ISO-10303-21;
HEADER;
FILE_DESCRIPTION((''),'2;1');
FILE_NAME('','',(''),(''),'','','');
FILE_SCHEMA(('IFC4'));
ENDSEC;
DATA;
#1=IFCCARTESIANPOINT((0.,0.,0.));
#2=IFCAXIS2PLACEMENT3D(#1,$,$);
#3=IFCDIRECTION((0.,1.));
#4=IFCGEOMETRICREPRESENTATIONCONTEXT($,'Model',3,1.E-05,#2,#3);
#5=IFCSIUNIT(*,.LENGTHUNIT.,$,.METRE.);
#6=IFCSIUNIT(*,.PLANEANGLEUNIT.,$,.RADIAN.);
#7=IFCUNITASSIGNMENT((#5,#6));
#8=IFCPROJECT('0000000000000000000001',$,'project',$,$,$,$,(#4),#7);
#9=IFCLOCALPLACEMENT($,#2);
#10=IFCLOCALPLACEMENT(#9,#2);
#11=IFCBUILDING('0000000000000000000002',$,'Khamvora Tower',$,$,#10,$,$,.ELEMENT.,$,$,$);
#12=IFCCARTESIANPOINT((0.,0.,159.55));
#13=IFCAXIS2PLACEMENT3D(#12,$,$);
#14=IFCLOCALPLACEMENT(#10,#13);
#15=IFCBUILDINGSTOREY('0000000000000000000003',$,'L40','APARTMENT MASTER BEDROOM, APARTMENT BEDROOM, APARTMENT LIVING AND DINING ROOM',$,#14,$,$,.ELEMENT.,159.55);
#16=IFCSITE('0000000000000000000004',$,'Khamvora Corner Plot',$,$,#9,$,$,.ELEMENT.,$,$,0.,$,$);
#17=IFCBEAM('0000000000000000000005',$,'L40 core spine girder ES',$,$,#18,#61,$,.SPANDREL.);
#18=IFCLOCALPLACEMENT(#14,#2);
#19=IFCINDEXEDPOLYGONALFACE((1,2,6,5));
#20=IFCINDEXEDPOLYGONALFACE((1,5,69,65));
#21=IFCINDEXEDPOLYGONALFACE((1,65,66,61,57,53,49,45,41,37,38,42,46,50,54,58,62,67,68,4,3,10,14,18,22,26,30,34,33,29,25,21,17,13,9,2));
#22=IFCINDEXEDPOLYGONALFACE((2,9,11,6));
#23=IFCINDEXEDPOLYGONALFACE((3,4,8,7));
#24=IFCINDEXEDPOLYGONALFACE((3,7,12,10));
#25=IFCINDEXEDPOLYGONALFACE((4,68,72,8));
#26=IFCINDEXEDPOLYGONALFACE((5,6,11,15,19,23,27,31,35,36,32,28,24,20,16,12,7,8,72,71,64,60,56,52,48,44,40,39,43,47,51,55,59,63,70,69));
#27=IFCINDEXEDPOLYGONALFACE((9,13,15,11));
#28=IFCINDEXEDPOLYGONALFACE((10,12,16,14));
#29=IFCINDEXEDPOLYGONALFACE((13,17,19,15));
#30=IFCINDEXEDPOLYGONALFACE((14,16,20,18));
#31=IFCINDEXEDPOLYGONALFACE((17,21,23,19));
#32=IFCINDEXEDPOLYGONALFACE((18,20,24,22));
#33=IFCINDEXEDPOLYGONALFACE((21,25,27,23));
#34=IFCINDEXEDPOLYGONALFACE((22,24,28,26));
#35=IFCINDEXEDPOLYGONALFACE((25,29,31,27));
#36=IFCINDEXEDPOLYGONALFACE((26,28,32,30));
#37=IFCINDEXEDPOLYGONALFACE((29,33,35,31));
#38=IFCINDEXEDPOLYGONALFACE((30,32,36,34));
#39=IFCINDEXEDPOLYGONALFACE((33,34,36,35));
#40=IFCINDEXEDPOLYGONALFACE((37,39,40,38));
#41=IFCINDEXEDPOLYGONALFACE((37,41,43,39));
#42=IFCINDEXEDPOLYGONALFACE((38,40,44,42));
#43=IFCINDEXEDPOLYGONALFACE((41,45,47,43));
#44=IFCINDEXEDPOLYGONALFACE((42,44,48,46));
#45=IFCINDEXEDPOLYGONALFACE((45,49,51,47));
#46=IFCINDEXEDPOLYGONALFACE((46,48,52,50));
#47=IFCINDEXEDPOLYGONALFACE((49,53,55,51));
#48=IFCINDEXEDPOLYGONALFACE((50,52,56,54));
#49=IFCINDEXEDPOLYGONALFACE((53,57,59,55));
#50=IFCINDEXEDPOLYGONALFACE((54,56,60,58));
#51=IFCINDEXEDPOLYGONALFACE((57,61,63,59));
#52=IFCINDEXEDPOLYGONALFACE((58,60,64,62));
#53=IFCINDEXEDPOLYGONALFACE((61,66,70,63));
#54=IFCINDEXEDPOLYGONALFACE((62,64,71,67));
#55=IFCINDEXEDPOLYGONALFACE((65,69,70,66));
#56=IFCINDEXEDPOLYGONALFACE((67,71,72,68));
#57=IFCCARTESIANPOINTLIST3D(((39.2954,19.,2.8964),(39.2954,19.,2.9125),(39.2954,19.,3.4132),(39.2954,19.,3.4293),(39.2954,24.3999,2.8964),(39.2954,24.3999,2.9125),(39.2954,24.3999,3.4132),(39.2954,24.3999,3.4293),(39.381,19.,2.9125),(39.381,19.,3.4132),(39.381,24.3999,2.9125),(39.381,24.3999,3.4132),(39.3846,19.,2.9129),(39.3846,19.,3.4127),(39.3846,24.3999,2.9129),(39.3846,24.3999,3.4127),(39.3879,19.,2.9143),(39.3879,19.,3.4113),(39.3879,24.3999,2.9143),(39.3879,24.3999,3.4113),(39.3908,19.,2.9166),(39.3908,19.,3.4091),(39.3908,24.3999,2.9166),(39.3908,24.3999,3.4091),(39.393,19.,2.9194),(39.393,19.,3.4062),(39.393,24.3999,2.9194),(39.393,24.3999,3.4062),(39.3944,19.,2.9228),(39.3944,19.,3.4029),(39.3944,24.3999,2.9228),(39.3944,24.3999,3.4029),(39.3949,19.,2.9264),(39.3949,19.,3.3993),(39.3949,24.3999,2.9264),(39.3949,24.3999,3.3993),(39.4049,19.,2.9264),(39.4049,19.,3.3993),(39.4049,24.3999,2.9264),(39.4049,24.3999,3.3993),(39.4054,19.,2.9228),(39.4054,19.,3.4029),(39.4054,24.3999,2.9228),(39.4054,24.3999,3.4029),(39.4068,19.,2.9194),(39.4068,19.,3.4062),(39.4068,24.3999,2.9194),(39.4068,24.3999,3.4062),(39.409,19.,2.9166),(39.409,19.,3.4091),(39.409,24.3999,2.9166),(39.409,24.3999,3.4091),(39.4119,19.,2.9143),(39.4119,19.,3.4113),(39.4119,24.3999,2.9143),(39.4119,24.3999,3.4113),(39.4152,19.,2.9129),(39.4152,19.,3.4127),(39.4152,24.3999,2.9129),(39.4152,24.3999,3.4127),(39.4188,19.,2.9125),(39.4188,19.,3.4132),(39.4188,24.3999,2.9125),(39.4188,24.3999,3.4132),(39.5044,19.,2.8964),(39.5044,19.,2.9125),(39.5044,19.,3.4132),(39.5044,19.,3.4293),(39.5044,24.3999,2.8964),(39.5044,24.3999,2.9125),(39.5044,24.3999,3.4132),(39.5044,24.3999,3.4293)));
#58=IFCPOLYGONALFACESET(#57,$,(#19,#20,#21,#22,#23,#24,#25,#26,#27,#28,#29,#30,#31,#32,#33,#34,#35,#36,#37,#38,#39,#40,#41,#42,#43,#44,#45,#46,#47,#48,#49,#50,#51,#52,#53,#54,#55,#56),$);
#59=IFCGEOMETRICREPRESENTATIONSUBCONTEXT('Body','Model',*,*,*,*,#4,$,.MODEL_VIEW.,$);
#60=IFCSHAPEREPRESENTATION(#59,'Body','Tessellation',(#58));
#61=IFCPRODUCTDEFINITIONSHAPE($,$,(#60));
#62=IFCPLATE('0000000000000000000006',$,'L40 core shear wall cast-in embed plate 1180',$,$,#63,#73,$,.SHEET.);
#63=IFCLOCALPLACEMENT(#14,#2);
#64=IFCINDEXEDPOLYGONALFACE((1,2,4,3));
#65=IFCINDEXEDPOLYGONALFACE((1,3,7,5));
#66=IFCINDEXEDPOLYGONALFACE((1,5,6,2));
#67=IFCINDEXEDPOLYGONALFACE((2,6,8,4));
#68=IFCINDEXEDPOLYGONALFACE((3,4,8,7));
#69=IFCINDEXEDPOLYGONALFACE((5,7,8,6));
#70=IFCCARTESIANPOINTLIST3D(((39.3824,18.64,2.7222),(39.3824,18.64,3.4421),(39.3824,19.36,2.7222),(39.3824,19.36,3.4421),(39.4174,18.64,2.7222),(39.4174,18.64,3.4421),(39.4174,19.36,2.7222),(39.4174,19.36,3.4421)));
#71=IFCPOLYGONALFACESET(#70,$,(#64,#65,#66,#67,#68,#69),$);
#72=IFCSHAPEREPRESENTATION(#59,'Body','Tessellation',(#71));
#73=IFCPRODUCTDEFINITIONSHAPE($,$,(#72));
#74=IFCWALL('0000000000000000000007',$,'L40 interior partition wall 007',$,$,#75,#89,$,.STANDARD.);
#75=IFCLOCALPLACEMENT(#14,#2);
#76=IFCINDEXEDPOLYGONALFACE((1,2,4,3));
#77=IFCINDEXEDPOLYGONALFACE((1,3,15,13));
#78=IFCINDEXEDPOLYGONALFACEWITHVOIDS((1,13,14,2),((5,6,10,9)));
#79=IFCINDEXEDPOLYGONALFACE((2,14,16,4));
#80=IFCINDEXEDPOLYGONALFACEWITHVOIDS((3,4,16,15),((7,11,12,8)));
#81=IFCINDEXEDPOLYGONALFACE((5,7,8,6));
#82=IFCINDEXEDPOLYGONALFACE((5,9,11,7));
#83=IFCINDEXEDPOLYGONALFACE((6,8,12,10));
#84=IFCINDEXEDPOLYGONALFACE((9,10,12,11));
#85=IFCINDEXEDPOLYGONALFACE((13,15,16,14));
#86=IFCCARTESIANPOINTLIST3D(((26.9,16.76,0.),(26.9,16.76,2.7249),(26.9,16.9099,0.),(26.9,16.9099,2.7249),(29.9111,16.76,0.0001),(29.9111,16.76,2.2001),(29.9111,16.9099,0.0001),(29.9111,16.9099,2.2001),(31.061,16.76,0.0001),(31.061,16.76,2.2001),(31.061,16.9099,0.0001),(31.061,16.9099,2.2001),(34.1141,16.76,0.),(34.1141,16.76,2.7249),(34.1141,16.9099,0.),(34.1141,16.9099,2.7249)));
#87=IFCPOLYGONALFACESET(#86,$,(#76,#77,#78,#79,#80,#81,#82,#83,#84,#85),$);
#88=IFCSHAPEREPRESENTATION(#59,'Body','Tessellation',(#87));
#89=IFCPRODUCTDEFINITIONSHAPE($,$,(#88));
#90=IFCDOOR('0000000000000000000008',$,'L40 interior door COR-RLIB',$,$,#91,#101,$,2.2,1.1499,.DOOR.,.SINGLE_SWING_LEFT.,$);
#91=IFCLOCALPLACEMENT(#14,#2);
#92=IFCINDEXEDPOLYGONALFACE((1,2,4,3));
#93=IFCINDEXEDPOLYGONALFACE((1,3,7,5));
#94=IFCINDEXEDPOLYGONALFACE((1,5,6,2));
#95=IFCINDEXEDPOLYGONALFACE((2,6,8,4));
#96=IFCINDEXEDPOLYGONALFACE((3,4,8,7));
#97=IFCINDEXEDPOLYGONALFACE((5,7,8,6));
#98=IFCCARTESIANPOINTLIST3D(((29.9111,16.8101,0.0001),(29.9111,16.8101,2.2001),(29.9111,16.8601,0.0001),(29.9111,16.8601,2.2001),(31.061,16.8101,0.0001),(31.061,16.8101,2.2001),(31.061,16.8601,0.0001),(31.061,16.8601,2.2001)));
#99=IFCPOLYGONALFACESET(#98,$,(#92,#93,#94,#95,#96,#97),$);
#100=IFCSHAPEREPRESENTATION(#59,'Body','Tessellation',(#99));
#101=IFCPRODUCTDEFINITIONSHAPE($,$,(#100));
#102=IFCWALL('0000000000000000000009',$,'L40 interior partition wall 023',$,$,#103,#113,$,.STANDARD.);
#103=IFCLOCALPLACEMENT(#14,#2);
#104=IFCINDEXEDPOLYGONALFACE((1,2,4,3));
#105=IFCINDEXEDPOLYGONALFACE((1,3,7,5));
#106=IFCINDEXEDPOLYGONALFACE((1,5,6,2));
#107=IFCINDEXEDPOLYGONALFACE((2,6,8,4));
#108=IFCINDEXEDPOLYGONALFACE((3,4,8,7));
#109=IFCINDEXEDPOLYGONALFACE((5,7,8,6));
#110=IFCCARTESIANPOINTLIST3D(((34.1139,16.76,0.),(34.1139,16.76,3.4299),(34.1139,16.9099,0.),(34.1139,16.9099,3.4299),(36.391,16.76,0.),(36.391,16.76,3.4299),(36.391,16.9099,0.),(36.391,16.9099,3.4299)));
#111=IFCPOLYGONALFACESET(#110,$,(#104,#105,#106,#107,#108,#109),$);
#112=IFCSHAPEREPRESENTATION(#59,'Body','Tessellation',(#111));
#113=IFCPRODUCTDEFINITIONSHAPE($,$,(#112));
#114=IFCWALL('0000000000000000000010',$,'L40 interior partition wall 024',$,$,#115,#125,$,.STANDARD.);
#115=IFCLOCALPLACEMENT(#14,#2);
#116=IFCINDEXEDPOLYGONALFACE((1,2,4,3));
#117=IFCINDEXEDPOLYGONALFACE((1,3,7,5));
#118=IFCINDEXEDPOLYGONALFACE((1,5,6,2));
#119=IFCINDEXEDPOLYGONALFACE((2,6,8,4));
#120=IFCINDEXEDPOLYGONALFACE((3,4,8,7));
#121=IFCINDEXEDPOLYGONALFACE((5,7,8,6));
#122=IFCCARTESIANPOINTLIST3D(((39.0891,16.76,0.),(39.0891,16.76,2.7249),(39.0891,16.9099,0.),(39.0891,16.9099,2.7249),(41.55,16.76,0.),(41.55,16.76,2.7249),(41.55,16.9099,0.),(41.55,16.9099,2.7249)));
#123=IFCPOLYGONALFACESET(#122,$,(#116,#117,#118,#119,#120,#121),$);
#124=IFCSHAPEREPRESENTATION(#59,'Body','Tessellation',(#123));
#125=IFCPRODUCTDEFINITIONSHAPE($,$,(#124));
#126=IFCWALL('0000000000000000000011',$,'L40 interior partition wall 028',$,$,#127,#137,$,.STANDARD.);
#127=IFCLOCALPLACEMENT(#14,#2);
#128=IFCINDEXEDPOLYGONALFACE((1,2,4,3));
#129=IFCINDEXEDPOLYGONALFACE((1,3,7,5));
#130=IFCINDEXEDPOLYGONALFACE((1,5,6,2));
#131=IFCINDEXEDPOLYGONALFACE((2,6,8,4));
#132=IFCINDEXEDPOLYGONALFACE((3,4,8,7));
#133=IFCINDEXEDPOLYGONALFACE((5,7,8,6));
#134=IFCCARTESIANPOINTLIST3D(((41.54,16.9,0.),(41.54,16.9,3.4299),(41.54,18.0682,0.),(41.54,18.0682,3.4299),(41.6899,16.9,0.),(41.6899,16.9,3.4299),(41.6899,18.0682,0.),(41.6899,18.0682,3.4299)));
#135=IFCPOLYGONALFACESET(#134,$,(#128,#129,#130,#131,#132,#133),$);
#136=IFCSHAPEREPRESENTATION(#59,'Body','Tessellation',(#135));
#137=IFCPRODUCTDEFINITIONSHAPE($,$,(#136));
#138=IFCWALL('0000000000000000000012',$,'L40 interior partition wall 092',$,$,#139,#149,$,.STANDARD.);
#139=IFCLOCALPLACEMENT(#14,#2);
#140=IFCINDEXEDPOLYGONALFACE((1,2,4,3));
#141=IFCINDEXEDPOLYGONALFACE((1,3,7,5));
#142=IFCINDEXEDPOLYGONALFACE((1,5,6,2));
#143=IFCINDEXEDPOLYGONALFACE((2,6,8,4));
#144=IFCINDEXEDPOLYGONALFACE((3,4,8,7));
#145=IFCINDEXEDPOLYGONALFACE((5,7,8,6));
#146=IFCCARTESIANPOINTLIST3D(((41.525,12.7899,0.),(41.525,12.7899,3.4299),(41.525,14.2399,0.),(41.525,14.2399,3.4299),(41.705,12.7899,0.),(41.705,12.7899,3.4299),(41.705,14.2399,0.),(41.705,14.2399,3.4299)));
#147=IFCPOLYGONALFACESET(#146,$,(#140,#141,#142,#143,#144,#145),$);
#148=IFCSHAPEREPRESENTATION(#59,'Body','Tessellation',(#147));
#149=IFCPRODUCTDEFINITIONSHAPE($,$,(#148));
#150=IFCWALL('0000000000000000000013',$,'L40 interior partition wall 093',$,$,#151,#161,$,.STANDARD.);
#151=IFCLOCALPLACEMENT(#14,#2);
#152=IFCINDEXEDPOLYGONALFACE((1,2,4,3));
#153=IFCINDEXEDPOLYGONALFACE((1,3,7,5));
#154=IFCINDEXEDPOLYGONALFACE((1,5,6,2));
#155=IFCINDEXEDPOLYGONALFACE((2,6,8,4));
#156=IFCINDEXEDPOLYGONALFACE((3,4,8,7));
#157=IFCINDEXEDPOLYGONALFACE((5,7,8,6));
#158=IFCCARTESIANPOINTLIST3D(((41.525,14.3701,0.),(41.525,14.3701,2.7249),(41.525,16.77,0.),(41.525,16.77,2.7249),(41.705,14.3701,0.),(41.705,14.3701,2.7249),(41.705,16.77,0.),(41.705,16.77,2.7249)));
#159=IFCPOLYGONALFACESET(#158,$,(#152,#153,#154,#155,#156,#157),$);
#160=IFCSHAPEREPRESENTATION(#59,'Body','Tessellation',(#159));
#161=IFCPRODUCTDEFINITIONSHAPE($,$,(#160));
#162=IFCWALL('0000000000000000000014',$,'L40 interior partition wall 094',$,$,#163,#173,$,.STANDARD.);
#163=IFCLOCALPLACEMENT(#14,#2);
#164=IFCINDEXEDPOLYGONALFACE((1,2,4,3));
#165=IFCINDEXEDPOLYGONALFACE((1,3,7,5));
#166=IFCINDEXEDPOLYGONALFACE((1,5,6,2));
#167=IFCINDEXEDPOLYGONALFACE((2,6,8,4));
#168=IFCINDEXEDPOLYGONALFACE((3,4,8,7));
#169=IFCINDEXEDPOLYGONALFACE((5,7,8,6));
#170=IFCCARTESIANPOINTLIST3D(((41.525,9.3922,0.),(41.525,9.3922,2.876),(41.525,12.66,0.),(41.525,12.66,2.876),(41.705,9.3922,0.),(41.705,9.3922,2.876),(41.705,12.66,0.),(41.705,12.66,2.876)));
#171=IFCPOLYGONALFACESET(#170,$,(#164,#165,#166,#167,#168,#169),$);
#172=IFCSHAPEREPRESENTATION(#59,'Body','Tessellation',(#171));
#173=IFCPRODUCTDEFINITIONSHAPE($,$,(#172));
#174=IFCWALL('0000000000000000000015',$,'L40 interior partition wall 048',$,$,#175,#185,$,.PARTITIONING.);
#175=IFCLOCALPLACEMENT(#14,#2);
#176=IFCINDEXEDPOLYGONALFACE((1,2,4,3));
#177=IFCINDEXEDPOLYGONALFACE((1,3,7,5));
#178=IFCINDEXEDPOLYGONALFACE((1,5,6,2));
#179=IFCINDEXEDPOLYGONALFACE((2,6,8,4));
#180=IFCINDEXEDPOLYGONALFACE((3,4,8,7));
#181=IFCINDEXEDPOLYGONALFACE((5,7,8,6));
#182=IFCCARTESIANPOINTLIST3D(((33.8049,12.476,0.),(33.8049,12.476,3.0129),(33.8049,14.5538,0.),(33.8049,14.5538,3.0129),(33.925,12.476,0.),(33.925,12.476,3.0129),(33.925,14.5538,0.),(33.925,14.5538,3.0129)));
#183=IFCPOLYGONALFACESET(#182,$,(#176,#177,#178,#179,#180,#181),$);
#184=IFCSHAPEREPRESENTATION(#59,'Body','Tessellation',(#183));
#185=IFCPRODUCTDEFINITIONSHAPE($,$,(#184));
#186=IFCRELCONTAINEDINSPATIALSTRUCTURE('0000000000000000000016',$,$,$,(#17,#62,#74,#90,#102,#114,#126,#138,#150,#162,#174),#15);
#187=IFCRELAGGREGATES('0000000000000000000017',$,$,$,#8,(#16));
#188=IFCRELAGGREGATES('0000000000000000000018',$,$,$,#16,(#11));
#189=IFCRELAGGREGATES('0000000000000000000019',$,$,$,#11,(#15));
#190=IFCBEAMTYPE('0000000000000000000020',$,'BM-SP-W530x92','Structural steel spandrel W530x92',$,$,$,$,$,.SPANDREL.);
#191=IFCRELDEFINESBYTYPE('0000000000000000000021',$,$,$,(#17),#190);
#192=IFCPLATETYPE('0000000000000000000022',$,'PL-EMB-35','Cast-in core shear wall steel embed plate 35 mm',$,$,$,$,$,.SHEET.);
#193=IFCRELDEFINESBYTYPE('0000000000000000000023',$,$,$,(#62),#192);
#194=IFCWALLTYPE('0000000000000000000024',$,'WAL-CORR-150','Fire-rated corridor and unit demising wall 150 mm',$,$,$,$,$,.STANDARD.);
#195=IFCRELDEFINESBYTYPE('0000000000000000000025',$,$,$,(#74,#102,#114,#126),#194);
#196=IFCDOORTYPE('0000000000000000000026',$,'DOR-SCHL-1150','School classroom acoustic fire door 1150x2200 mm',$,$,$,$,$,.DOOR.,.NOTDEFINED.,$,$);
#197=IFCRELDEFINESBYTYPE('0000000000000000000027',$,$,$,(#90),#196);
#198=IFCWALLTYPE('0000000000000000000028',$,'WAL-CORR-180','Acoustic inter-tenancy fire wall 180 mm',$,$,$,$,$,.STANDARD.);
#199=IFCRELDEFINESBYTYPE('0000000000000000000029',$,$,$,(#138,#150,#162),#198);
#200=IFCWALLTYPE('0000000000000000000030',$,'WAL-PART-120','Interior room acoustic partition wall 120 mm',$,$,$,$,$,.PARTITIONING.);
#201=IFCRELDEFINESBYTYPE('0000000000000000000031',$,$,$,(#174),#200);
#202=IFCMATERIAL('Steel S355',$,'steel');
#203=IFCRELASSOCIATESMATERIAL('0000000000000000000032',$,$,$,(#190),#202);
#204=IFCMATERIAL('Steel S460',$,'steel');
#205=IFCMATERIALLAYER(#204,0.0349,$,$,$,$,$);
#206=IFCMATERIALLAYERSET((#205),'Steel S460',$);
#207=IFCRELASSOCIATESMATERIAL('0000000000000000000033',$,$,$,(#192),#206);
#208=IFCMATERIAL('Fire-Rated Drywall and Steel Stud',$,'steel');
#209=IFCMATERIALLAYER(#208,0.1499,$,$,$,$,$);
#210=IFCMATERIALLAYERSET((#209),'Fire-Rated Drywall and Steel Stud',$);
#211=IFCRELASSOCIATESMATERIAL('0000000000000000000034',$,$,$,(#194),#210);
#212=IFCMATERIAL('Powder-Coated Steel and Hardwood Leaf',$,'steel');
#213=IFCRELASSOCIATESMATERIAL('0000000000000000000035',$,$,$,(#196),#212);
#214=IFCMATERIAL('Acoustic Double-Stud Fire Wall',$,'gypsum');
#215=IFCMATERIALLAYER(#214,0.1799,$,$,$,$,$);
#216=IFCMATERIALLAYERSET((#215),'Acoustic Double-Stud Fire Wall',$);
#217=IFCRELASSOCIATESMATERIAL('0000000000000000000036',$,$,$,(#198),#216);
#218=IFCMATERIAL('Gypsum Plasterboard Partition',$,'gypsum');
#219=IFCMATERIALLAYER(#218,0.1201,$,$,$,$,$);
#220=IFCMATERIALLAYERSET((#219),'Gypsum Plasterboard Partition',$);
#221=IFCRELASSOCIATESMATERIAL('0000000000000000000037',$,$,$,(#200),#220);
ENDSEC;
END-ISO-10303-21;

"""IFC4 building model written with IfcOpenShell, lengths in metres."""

from ifc_helpers import new_model, si_unit, direction, frame, frame_2d, origin, origin_2d, place, context, subcontext, project, spatial, rectangle, i_section, extrude, material, layer, layer_set, material_profile, profile_set, type_object, element, fill, save


model = new_model("IFC4")

# Units and contexts
model_context = context("Model", 3, precision=1e-05, world=origin(), true_north=direction((0.0, 1.0)))
body_context = subcontext(model_context, "Body", "Model", "MODEL_VIEW")
ifc_project = project(units=[si_unit("LENGTHUNIT", "METRE"), si_unit("PLANEANGLEUNIT", "RADIAN")], contexts=[model_context])

# Site, building, storey
site_placement = place(None, origin())
site = spatial("IfcSite", under=ifc_project, at=site_placement, Name="Khamvora Corner Plot", CompositionType="ELEMENT", RefElevation=0.0)
building_placement = place(site_placement, origin())
building = spatial("IfcBuilding", under=site, at=building_placement, Name="Khamvora Tower", CompositionType="ELEMENT")
storey_placement = place(building_placement, frame((0.0, 0.0, 159.55)))
storey = spatial("IfcBuildingStorey", under=building, at=storey_placement, Name="L40", Description="APARTMENT MASTER BEDROOM, APARTMENT BEDROOM, APARTMENT LIVING AND DINING ROOM", CompositionType="ELEMENT", Elevation=159.55)

# Shared definitions
ifc_material_1 = material(Name="Steel S460", Category="steel")

# Beam
ifc_material_2 = material(Name="Steel S355", Category="steel")
ifc_material_profile_1 = material_profile(ifc_material_2, i_section(OverallWidth=0.209, OverallDepth=0.533, WebThickness=0.01, FlangeThickness=0.0161, FilletRadius=0.0139, at=origin_2d()), Name="W530x92")
ifc_profile_set_1 = profile_set([ifc_material_profile_1], Name="Steel S355")
beam_type_1 = type_object("IfcBeamType", Name="BM-SP-W530x92", Description="Structural steel spandrel W530x92", PredefinedType="SPANDREL", material=ifc_profile_set_1)
beam_1_placement = place(storey_placement, frame((39.3999, 19.0, 3.1628), z_axis=(0.0, 1.0, 0.0), x_axis=(-1.0, 0.0, 0.0)))
element("IfcBeam", 1, at=beam_1_placement, inside=storey, type_object=beam_type_1, Name="L40 core spine girder ES", PredefinedType="SPANDREL", context=body_context, shape_type="SweptSolid", body=[
    extrude(i_section(OverallWidth=0.209, OverallDepth=0.533, WebThickness=0.01, FlangeThickness=0.0161, FilletRadius=0.0139, at=origin_2d()), origin(), (0.0, 0.0, 1.0), 5.3999),
])

# Plate
ifc_layer_1 = layer(ifc_material_1, 0.0349)
ifc_layer_set_1 = layer_set([ifc_layer_1], Name="Steel S460")
plate_type = type_object("IfcPlateType", Name="PL-EMB-35", Description="Cast-in core shear wall steel embed plate 35 mm", PredefinedType="SHEET", material=ifc_layer_set_1)
plate_placement = place(storey_placement, frame((39.3999, 19.0, 2.7222), z_axis=(0.0, 0.0, 1.0), x_axis=(1.0, 0.0, 0.0)))
element("IfcPlate", 2, at=plate_placement, inside=storey, type_object=plate_type, Name="L40 core shear wall cast-in embed plate 1180", PredefinedType="SHEET", context=body_context, shape_type="SweptSolid", body=[
    extrude(rectangle(XDim=0.0349, YDim=0.72, at=origin_2d()), origin(), (0.0, 0.0, 1.0), 0.72),
])

# Wall, opening, door
ifc_material_3 = material(Name="Fire-Rated Drywall and Steel Stud", Category="steel")
ifc_layer_2 = layer(ifc_material_3, 0.1499)
ifc_layer_set_2 = layer_set([ifc_layer_2], Name="Fire-Rated Drywall and Steel Stud")
wall_type_1 = type_object("IfcWallType", Name="WAL-CORR-150", Description="Fire-rated corridor and unit demising wall 150 mm", PredefinedType="STANDARD", material=ifc_layer_set_2)
wall_1_placement = place(storey_placement, frame((34.114, 16.835, 0.0), z_axis=(0.0, 0.0, 1.0), x_axis=(-1.0, 0.0, 0.0)))
wall_1 = element("IfcWall", 3, at=wall_1_placement, inside=storey, type_object=wall_type_1, Name="L40 interior partition wall 007", PredefinedType="STANDARD", context=body_context, shape_type="SweptSolid", body=[
    extrude(rectangle(XDim=7.2141, YDim=0.1499, at=frame_2d((3.6069, 0.0))), origin(), (0.0, 0.0, 1.0), 2.7249),
])
opening_1_placement = place(wall_1_placement, frame((3.053, 0.0, 0.0)))
opening_1 = element("IfcOpeningElement", 4, at=opening_1_placement, cuts=wall_1, PredefinedType="OPENING", context=body_context, shape_type="SweptSolid", body=[
    extrude(rectangle(XDim=1.1499, YDim=2.2, at=frame_2d((0.575, 1.1001))), frame((0.0, 0.085, 0.0), z_axis=(0.0, -1.0, 0.0), x_axis=(1.0, 0.0, 0.0)), (0.0, 0.0, 1.0), 0.1699),
])
ifc_material_4 = material(Name="Powder-Coated Steel and Hardwood Leaf", Category="steel")
door_type_1 = type_object("IfcDoorType", Name="DOR-SCHL-1150", Description="School classroom acoustic fire door 1150x2200 mm", OperationType="NOTDEFINED", PredefinedType="DOOR", material=ifc_material_4)
door_1_placement = place(opening_1_placement, origin())
door_1 = element("IfcDoor", 5, at=door_1_placement, inside=storey, type_object=door_type_1, Name="L40 interior door COR-RLIB", OperationType="SINGLE_SWING_LEFT", OverallHeight=2.2, OverallWidth=1.1499, PredefinedType="DOOR", context=body_context, shape_type="SweptSolid", body=[
    extrude(rectangle(XDim=1.1499, YDim=2.2, at=frame_2d((0.575, 1.1001))), frame((0.0, 0.0249, 0.0), z_axis=(0.0, -1.0, 0.0), x_axis=(1.0, 0.0, 0.0)), (0.0, 0.0, 1.0), 0.05),
])
fill(opening_1, door_1)

# Walls
wall_2_placement = place(storey_placement, frame((36.3911, 16.835, 0.0), z_axis=(0.0, 0.0, 1.0), x_axis=(-1.0, 0.0, 0.0)))
element("IfcWall", 6, at=wall_2_placement, inside=storey, type_object=wall_type_1, Name="L40 interior partition wall 023", PredefinedType="STANDARD", context=body_context, shape_type="SweptSolid", body=[
    extrude(rectangle(XDim=2.2771, YDim=0.1499, at=frame_2d((1.1387, 0.0))), origin(), (0.0, 0.0, 1.0), 3.4299),
])
wall_3_placement = place(storey_placement, frame((41.55, 16.835, 0.0), z_axis=(0.0, 0.0, 1.0), x_axis=(-1.0, 0.0, 0.0)))
element("IfcWall", 7, at=wall_3_placement, inside=storey, type_object=wall_type_1, Name="L40 interior partition wall 024", PredefinedType="STANDARD", context=body_context, shape_type="SweptSolid", body=[
    extrude(rectangle(XDim=2.4609, YDim=0.1499, at=frame_2d((1.2305, 0.0))), origin(), (0.0, 0.0, 1.0), 2.7249),
])
wall_4_placement = place(storey_placement, frame((41.615, 18.0681, 0.0), z_axis=(0.0, 0.0, 1.0), x_axis=(0.0, -1.0, 0.0)))
element("IfcWall", 8, at=wall_4_placement, inside=storey, type_object=wall_type_1, Name="L40 interior partition wall 028", PredefinedType="STANDARD", context=body_context, shape_type="SweptSolid", body=[
    extrude(rectangle(XDim=1.1682, YDim=0.1499, at=frame_2d((0.584, 0.0))), origin(), (0.0, 0.0, 1.0), 3.4299),
])
ifc_material_5 = material(Name="Acoustic Double-Stud Fire Wall", Category="gypsum")
ifc_layer_3 = layer(ifc_material_5, 0.1799)
ifc_layer_set_3 = layer_set([ifc_layer_3], Name="Acoustic Double-Stud Fire Wall")
wall_type_2 = type_object("IfcWallType", Name="WAL-CORR-180", Description="Acoustic inter-tenancy fire wall 180 mm", PredefinedType="STANDARD", material=ifc_layer_set_3)
wall_5_placement = place(storey_placement, frame((41.615, 14.24, 0.0), z_axis=(0.0, 0.0, 1.0), x_axis=(0.0, -1.0, 0.0)))
element("IfcWall", 9, at=wall_5_placement, inside=storey, type_object=wall_type_2, Name="L40 interior partition wall 092", PredefinedType="STANDARD", context=body_context, shape_type="SweptSolid", body=[
    extrude(rectangle(XDim=1.45, YDim=0.1799, at=frame_2d((0.7251, 0.0))), origin(), (0.0, 0.0, 1.0), 3.4299),
])
wall_6_placement = place(storey_placement, frame((41.615, 16.77, 0.0), z_axis=(0.0, 0.0, 1.0), x_axis=(0.0, -1.0, 0.0)))
element("IfcWall", 10, at=wall_6_placement, inside=storey, type_object=wall_type_2, Name="L40 interior partition wall 093", PredefinedType="STANDARD", context=body_context, shape_type="SweptSolid", body=[
    extrude(rectangle(XDim=2.3999, YDim=0.1799, at=frame_2d((1.2, 0.0))), origin(), (0.0, 0.0, 1.0), 2.7249),
])
wall_7_placement = place(storey_placement, frame((41.615, 12.6599, 0.0), z_axis=(0.0, 0.0, 1.0), x_axis=(0.0, -1.0, 0.0)))
element("IfcWall", 11, at=wall_7_placement, inside=storey, type_object=wall_type_2, Name="L40 interior partition wall 094", PredefinedType="STANDARD", context=body_context, shape_type="SweptSolid", body=[
    extrude(rectangle(XDim=3.2678, YDim=0.1799, at=frame_2d((1.6338, 0.0))), origin(), (0.0, 0.0, 1.0), 2.876),
])
ifc_material_6 = material(Name="Gypsum Plasterboard Partition", Category="gypsum")
ifc_layer_4 = layer(ifc_material_6, 0.1201)
ifc_layer_set_4 = layer_set([ifc_layer_4], Name="Gypsum Plasterboard Partition")
wall_type_3 = type_object("IfcWallType", Name="WAL-PART-120", Description="Interior room acoustic partition wall 120 mm", PredefinedType="PARTITIONING", material=ifc_layer_set_4)
wall_8_placement = place(storey_placement, frame((33.865, 14.554, 0.0), z_axis=(0.0, 0.0, 1.0), x_axis=(0.0, -1.0, 0.0)))
element("IfcWall", 12, at=wall_8_placement, inside=storey, type_object=wall_type_3, Name="L40 interior partition wall 048", PredefinedType="PARTITIONING", context=body_context, shape_type="SweptSolid", body=[
    extrude(rectangle(XDim=2.0779, YDim=0.1201, at=frame_2d((1.0391, 0.0))), origin(), (0.0, 0.0, 1.0), 3.0129),
])

save(model, "model.ifc")
